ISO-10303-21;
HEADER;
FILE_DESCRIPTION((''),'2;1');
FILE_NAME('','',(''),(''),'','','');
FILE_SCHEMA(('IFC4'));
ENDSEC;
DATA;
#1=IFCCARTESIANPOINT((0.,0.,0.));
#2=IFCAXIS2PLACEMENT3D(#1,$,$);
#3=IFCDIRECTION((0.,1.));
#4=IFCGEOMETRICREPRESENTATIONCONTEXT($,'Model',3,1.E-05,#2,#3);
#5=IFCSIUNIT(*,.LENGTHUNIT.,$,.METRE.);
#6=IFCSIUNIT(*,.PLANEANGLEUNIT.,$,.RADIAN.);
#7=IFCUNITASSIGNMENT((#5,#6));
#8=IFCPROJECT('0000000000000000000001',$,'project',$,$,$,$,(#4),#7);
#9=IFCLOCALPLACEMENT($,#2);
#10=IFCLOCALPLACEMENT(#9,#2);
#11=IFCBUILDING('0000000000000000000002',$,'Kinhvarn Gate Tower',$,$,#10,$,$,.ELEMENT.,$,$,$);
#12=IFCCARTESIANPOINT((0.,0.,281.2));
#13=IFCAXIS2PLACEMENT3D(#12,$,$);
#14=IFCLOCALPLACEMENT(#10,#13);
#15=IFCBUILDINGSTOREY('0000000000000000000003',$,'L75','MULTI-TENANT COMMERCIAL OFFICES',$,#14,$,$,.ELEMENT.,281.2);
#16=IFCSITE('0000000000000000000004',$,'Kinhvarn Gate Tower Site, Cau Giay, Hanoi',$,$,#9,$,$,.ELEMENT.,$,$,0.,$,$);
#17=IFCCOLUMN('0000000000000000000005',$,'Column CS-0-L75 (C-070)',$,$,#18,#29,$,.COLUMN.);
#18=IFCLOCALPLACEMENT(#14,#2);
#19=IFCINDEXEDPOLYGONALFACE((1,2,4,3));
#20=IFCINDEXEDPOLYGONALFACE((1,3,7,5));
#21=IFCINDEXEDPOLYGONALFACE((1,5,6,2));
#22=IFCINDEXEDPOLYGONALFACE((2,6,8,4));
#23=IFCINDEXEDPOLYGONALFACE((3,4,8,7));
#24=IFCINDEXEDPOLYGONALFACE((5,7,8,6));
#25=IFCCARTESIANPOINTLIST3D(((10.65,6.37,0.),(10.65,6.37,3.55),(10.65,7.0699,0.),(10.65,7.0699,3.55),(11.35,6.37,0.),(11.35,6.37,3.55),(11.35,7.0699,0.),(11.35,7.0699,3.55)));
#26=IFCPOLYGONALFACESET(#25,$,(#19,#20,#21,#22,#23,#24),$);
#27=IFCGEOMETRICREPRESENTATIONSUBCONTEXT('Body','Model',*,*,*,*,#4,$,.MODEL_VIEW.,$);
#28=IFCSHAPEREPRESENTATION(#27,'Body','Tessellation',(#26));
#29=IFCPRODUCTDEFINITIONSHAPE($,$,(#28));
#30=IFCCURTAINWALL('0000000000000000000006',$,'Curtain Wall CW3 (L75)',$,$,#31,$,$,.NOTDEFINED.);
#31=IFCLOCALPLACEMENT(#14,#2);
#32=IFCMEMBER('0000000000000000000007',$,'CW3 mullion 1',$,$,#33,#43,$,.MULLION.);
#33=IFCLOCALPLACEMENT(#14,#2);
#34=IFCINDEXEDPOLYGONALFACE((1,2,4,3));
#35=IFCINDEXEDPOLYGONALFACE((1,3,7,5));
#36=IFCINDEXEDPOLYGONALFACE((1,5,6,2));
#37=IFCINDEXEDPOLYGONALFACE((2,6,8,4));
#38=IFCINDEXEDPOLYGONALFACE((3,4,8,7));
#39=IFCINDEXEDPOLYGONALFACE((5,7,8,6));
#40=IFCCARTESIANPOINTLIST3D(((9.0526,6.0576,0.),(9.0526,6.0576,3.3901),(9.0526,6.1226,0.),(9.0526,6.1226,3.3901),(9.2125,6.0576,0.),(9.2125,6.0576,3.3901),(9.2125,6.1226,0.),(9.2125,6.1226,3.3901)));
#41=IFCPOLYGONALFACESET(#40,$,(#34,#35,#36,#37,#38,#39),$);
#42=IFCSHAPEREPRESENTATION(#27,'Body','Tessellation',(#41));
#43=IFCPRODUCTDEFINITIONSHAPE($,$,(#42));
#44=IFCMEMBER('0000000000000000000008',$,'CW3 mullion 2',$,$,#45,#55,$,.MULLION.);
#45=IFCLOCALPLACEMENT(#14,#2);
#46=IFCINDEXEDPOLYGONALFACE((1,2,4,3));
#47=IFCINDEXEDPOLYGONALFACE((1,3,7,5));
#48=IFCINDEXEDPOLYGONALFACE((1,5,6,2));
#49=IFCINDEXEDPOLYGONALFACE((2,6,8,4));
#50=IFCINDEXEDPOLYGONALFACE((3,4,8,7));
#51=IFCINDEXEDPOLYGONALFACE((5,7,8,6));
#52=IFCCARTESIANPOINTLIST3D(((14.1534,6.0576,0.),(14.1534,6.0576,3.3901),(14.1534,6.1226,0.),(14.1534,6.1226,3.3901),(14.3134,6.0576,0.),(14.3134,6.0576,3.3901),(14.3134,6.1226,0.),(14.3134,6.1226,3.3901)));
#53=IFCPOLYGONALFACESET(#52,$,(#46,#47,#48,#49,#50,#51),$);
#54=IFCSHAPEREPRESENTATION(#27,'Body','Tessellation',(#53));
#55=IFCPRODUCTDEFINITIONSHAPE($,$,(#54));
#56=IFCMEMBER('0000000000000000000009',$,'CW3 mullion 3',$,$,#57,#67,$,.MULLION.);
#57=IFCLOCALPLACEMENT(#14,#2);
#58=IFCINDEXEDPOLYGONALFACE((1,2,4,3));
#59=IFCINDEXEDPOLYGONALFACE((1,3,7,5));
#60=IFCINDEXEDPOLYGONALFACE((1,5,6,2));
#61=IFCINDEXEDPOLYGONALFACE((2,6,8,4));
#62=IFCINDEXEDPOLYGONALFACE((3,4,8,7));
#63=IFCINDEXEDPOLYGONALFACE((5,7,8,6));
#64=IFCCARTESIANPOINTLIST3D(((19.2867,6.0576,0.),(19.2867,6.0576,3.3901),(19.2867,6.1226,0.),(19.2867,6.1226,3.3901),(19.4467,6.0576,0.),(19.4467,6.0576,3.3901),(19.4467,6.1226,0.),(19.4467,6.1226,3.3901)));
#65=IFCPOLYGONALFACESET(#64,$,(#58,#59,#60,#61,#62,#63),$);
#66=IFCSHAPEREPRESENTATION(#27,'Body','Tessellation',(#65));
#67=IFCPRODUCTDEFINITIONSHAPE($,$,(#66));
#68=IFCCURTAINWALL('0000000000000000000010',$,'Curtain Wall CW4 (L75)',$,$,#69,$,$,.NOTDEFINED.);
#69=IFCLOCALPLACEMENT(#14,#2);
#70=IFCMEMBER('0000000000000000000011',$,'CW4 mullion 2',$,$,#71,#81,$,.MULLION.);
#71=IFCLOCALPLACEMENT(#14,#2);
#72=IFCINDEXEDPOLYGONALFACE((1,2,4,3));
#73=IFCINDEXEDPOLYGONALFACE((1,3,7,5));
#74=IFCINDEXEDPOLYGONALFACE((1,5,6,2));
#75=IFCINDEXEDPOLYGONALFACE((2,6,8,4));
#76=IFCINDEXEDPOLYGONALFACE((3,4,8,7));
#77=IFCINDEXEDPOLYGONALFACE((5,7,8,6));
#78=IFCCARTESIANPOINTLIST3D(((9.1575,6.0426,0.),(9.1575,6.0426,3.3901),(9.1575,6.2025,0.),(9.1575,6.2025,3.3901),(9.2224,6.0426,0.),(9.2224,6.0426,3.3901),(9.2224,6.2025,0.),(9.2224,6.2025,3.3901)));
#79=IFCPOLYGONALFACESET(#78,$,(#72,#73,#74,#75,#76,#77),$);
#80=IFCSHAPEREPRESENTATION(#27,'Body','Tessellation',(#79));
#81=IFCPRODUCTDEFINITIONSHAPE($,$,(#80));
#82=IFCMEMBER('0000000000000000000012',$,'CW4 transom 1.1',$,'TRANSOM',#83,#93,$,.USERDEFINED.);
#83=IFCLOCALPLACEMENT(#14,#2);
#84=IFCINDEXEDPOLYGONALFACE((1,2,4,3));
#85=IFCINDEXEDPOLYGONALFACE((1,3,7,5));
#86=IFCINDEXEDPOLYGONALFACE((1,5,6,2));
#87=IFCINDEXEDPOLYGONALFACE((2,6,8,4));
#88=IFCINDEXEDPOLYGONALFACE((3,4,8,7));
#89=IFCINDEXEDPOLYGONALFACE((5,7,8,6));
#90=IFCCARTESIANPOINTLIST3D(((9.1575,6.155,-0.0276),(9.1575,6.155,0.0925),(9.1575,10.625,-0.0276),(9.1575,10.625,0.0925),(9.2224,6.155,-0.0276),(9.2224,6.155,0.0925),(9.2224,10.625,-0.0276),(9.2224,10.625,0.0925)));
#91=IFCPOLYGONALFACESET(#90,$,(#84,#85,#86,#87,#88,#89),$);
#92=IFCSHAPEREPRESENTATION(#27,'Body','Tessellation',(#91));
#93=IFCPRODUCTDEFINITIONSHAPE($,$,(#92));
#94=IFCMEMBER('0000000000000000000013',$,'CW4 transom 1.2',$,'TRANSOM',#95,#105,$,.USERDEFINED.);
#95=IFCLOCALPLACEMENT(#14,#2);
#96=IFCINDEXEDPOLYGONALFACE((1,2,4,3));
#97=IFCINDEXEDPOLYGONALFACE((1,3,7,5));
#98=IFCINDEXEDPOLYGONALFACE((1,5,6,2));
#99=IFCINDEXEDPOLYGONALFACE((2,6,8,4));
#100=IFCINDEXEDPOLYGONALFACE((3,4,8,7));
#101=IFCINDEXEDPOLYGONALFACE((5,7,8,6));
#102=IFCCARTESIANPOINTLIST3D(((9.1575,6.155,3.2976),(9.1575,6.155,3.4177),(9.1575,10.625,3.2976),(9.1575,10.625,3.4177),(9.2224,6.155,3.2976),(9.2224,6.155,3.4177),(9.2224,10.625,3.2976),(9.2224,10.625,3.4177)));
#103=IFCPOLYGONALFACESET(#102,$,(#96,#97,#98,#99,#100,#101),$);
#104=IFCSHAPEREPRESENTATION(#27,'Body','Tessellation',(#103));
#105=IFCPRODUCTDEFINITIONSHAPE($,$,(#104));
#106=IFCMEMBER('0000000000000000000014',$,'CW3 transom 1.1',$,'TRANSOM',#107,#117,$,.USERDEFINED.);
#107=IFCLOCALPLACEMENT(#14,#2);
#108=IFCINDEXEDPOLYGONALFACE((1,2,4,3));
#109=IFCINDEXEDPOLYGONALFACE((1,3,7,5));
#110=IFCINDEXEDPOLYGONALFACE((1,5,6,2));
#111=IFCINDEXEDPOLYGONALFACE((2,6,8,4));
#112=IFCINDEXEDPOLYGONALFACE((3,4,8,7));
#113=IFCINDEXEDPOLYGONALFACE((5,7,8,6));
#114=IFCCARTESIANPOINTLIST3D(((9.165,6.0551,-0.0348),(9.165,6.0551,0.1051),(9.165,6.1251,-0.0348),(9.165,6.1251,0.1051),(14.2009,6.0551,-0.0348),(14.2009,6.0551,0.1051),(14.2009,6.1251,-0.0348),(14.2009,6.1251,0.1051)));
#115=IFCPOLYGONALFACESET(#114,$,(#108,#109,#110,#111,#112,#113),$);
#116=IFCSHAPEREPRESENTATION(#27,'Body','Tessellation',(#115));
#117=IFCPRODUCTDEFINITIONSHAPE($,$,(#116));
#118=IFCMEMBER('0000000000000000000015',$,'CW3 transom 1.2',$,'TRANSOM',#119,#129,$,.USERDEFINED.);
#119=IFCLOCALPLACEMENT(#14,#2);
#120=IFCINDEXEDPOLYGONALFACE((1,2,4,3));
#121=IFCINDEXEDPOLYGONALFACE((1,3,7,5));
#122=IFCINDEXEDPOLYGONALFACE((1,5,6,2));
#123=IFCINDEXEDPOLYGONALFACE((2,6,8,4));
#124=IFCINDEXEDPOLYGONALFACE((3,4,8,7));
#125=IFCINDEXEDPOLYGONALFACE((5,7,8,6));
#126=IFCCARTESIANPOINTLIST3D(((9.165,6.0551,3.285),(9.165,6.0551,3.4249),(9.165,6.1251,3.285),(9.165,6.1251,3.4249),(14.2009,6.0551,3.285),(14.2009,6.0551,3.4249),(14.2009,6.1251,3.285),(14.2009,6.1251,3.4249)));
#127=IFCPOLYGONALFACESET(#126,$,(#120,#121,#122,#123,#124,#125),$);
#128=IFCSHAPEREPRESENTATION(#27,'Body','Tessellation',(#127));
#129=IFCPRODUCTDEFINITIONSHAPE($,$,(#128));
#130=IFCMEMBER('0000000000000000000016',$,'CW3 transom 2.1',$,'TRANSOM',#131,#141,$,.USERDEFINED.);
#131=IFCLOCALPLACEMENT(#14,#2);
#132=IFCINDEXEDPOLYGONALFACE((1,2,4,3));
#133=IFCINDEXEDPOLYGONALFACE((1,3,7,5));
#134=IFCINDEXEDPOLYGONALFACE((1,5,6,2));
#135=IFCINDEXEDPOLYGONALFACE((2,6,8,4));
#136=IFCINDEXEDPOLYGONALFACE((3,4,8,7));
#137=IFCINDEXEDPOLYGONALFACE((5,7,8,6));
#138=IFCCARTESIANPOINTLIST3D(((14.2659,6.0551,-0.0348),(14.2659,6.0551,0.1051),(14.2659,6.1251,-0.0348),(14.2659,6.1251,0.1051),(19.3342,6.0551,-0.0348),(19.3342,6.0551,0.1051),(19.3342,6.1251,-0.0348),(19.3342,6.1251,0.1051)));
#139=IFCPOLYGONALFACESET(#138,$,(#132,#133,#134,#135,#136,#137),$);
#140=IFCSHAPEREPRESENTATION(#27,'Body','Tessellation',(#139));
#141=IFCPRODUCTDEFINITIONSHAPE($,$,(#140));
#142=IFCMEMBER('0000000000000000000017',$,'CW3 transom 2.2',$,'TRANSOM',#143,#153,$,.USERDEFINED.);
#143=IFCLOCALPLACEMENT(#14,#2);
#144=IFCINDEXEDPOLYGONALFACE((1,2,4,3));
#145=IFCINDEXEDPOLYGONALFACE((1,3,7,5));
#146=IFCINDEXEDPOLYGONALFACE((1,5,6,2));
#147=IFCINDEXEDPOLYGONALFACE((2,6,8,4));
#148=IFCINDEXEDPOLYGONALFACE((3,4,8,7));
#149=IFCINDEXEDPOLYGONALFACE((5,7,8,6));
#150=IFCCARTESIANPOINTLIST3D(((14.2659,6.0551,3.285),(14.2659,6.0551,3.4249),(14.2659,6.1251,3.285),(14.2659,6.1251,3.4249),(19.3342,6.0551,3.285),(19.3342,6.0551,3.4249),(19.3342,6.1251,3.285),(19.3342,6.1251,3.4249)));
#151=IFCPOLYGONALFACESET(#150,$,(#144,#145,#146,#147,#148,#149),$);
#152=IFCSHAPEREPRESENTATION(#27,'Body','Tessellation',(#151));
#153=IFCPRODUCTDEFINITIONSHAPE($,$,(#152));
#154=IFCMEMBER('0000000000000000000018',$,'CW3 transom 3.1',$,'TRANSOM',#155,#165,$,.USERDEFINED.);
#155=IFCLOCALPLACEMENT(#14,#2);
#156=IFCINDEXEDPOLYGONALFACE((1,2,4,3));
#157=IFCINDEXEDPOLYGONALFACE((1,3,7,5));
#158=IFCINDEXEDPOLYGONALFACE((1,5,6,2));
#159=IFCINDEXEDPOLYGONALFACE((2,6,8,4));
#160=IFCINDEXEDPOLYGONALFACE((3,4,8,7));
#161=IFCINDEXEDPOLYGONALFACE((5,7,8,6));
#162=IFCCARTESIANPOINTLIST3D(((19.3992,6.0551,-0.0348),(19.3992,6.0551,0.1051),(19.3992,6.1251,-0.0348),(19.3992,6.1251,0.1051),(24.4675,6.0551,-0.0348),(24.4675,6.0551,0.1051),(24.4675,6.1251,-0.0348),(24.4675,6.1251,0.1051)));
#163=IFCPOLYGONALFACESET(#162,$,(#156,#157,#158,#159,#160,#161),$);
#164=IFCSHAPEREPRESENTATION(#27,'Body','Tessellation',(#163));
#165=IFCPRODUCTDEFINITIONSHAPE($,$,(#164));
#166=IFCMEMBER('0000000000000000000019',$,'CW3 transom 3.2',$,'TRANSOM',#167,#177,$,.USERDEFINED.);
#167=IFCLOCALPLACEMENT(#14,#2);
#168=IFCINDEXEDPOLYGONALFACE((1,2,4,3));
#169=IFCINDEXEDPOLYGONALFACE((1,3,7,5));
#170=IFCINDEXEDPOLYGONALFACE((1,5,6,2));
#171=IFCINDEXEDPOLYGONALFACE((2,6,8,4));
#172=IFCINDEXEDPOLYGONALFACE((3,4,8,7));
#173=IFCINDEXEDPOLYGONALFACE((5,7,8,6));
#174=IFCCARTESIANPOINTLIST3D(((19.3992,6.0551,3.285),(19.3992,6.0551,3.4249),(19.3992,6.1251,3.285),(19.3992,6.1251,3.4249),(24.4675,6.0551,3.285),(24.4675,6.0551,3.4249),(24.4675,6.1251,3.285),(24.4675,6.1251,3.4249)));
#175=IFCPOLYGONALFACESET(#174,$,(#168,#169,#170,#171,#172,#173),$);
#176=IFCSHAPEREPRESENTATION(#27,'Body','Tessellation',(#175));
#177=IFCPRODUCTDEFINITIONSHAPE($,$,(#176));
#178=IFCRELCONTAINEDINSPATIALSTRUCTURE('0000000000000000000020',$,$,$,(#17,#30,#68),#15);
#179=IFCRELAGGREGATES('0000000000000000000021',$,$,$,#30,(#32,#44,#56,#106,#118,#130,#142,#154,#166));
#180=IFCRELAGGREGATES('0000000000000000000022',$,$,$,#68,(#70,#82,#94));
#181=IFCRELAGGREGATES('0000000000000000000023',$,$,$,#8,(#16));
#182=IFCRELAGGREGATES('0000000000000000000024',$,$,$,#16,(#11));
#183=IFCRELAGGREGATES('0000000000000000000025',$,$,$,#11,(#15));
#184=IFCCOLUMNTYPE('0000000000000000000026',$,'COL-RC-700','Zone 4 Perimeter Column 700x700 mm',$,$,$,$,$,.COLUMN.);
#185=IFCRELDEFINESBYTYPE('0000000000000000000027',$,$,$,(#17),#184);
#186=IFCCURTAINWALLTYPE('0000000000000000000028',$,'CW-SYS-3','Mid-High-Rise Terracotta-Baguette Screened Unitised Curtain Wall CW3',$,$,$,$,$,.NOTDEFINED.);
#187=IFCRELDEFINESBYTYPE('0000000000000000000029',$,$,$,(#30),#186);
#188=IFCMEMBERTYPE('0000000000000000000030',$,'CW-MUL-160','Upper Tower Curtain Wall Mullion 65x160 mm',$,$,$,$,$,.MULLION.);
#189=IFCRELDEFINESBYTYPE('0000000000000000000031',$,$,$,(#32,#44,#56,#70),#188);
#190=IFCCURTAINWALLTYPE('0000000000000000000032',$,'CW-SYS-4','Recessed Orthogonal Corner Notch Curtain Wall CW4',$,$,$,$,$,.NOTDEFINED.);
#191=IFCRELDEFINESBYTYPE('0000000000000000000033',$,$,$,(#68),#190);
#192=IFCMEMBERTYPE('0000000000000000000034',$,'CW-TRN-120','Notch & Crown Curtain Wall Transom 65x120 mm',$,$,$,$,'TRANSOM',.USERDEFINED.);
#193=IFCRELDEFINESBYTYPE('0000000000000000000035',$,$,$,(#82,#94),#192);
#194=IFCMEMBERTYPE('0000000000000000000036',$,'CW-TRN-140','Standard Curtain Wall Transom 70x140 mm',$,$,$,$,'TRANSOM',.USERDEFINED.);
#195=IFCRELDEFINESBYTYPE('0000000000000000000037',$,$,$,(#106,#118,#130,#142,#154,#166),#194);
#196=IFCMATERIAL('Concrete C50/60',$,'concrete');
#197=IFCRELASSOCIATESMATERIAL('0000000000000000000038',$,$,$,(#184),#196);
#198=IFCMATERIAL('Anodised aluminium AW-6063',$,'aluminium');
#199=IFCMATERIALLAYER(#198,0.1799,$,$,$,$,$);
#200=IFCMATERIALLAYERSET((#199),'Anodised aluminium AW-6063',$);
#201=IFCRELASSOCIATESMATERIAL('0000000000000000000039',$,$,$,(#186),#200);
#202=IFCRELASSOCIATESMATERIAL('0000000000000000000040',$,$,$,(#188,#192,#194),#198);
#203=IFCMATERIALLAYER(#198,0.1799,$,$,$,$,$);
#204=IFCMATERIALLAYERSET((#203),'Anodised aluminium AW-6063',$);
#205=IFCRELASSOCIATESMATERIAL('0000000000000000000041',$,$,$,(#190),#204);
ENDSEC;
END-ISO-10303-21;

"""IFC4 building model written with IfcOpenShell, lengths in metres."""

from ifc_helpers import new_model, si_unit, direction, frame, origin, origin_2d, place, context, subcontext, project, spatial, rectangle, extrude, material, layer, layer_set, material_profile, profile_set, type_object, element, aggregate, save


model = new_model("IFC4")

# Units and contexts
model_context = context("Model", 3, precision=1e-05, world=origin(), true_north=direction((0.0, 1.0)))
body_context = subcontext(model_context, "Body", "Model", "MODEL_VIEW")
ifc_project = project(units=[si_unit("LENGTHUNIT", "METRE"), si_unit("PLANEANGLEUNIT", "RADIAN")], contexts=[model_context])

# Site, building, storey
site_placement = place(None, origin())
site = spatial("IfcSite", under=ifc_project, at=site_placement, Name="Kinhvarn Gate Tower Site, Cau Giay, Hanoi", CompositionType="ELEMENT", RefElevation=0.0)
building_placement = place(site_placement, origin())
building = spatial("IfcBuilding", under=site, at=building_placement, Name="Kinhvarn Gate Tower", CompositionType="ELEMENT")
storey_placement = place(building_placement, frame((0.0, 0.0, 281.2)))
storey = spatial("IfcBuildingStorey", under=building, at=storey_placement, Name="L75", Description="MULTI-TENANT COMMERCIAL OFFICES", CompositionType="ELEMENT", Elevation=281.2)

# Column
ifc_material_1 = material(Name="Concrete C50/60", Category="concrete")
ifc_material_profile_1 = material_profile(ifc_material_1, rectangle(XDim=0.7, YDim=0.7, at=origin_2d()), Name="RC 700x700")
ifc_profile_set_1 = profile_set([ifc_material_profile_1], Name="Concrete C50/60")
column_type = type_object("IfcColumnType", Name="COL-RC-700", Description="Zone 4 Perimeter Column 700x700 mm", PredefinedType="COLUMN", material=ifc_profile_set_1)
column_placement = place(storey_placement, frame((11.0, 6.72, 0.0), z_axis=(0.0, 0.0, 1.0), x_axis=(1.0, 0.0, 0.0)))
element("IfcColumn", 1, at=column_placement, inside=storey, type_object=column_type, Name="Column CS-0-L75 (C-070)", PredefinedType="COLUMN", context=body_context, shape_type="SweptSolid", body=[
    extrude(rectangle(XDim=0.7, YDim=0.7, at=origin_2d()), origin(), (0.0, 0.0, 1.0), 3.55),
])

# Curtain walls, members
ifc_material_2 = material(Name="Anodised aluminium AW-6063", Category="aluminium")
ifc_layer_1 = layer(ifc_material_2, 0.1799)
ifc_layer_set_1 = layer_set([ifc_layer_1], Name="Anodised aluminium AW-6063")
curtain_wall_type_1 = type_object("IfcCurtainWallType", Name="CW-SYS-3", Description="Mid-High-Rise Terracotta-Baguette Screened Unitised Curtain Wall CW3", PredefinedType="NOTDEFINED", material=ifc_layer_set_1)
curtain_wall_1_placement = place(storey_placement, origin())
curtain_wall_1 = element("IfcCurtainWall", 2, at=curtain_wall_1_placement, inside=storey, type_object=curtain_wall_type_1, Name="Curtain Wall CW3 (L75)", PredefinedType="NOTDEFINED")
ifc_material_profile_2 = material_profile(ifc_material_2, rectangle(XDim=0.0649, YDim=0.1599, at=origin_2d()), Name="ALU 65x160")
ifc_profile_set_2 = profile_set([ifc_material_profile_2], Name="Anodised aluminium AW-6063")
member_type_1 = type_object("IfcMemberType", Name="CW-MUL-160", Description="Upper Tower Curtain Wall Mullion 65x160 mm", PredefinedType="MULLION", material=ifc_profile_set_2)
member_1_placement = place(storey_placement, frame((9.1326, 6.0901, 0.0), z_axis=(0.0, 0.0, 1.0), x_axis=(0.0, 1.0, 0.0)))
member_1 = element("IfcMember", 3, at=member_1_placement, type_object=member_type_1, Name="CW3 mullion 1", PredefinedType="MULLION", context=body_context, shape_type="SweptSolid", body=[
    extrude(rectangle(XDim=0.0649, YDim=0.1599, at=origin_2d()), origin(), (0.0, 0.0, 1.0), 3.3901),
])
member_2_placement = place(storey_placement, frame((14.2334, 6.0901, 0.0), z_axis=(0.0, 0.0, 1.0), x_axis=(0.0, 1.0, 0.0)))
member_2 = element("IfcMember", 4, at=member_2_placement, type_object=member_type_1, Name="CW3 mullion 2", PredefinedType="MULLION", context=body_context, shape_type="SweptSolid", body=[
    extrude(rectangle(XDim=0.0649, YDim=0.1599, at=origin_2d()), origin(), (0.0, 0.0, 1.0), 3.3901),
])
member_3_placement = place(storey_placement, frame((19.3667, 6.0901, 0.0), z_axis=(0.0, 0.0, 1.0), x_axis=(0.0, 1.0, 0.0)))
member_3 = element("IfcMember", 5, at=member_3_placement, type_object=member_type_1, Name="CW3 mullion 3", PredefinedType="MULLION", context=body_context, shape_type="SweptSolid", body=[
    extrude(rectangle(XDim=0.0649, YDim=0.1599, at=origin_2d()), origin(), (0.0, 0.0, 1.0), 3.3901),
])
ifc_layer_2 = layer(ifc_material_2, 0.1799)
ifc_layer_set_2 = layer_set([ifc_layer_2], Name="Anodised aluminium AW-6063")
curtain_wall_type_2 = type_object("IfcCurtainWallType", Name="CW-SYS-4", Description="Recessed Orthogonal Corner Notch Curtain Wall CW4", PredefinedType="NOTDEFINED", material=ifc_layer_set_2)
curtain_wall_2_placement = place(storey_placement, origin())
curtain_wall_2 = element("IfcCurtainWall", 6, at=curtain_wall_2_placement, inside=storey, type_object=curtain_wall_type_2, Name="Curtain Wall CW4 (L75)", PredefinedType="NOTDEFINED")
member_4_placement = place(storey_placement, frame((9.1899, 6.1226, 0.0), z_axis=(0.0, 0.0, 1.0), x_axis=(1.0, 0.0, 0.0)))
member_4 = element("IfcMember", 7, at=member_4_placement, type_object=member_type_1, Name="CW4 mullion 2", PredefinedType="MULLION", context=body_context, shape_type="SweptSolid", body=[
    extrude(rectangle(XDim=0.0649, YDim=0.1599, at=origin_2d()), origin(), (0.0, 0.0, 1.0), 3.3901),
])
ifc_material_profile_3 = material_profile(ifc_material_2, rectangle(XDim=0.0649, YDim=0.1201, at=origin_2d()), Name="ALU 65x120")
ifc_profile_set_3 = profile_set([ifc_material_profile_3], Name="Anodised aluminium AW-6063")
member_type_2 = type_object("IfcMemberType", Name="CW-TRN-120", Description="Notch & Crown Curtain Wall Transom 65x120 mm", ElementType="TRANSOM", PredefinedType="USERDEFINED", material=ifc_profile_set_3)
member_5_placement = place(storey_placement, frame((9.1899, 10.625, 0.0325), z_axis=(0.0, -1.0, 0.0), x_axis=(1.0, 0.0, 0.0)))
member_5 = element("IfcMember", 8, at=member_5_placement, type_object=member_type_2, Name="CW4 transom 1.1", ObjectType="TRANSOM", PredefinedType="USERDEFINED", context=body_context, shape_type="SweptSolid", body=[
    extrude(rectangle(XDim=0.0649, YDim=0.1201, at=origin_2d()), origin(), (0.0, 0.0, 1.0), 4.47),
])
member_6_placement = place(storey_placement, frame((9.1899, 10.625, 3.3577), z_axis=(0.0, -1.0, 0.0), x_axis=(1.0, 0.0, 0.0)))
member_6 = element("IfcMember", 9, at=member_6_placement, type_object=member_type_2, Name="CW4 transom 1.2", ObjectType="TRANSOM", PredefinedType="USERDEFINED", context=body_context, shape_type="SweptSolid", body=[
    extrude(rectangle(XDim=0.0649, YDim=0.1201, at=origin_2d()), origin(), (0.0, 0.0, 1.0), 4.47),
])

# Members
ifc_material_profile_4 = material_profile(ifc_material_2, rectangle(XDim=0.0701, YDim=0.1399, at=origin_2d()), Name="ALU 70x140")
ifc_profile_set_4 = profile_set([ifc_material_profile_4], Name="Anodised aluminium AW-6063")
member_type_3 = type_object("IfcMemberType", Name="CW-TRN-140", Description="Standard Curtain Wall Transom 70x140 mm", ElementType="TRANSOM", PredefinedType="USERDEFINED", material=ifc_profile_set_4)
member_7_placement = place(storey_placement, frame((9.165, 6.0901, 0.0352), z_axis=(1.0, 0.0, 0.0), x_axis=(0.0, 1.0, 0.0)))
member_7 = element("IfcMember", 10, at=member_7_placement, type_object=member_type_3, Name="CW3 transom 1.1", ObjectType="TRANSOM", PredefinedType="USERDEFINED", context=body_context, shape_type="SweptSolid", body=[
    extrude(rectangle(XDim=0.0701, YDim=0.1399, at=origin_2d()), origin(), (0.0, 0.0, 1.0), 5.0359),
])
member_8_placement = place(storey_placement, frame((9.165, 6.0901, 3.355), z_axis=(1.0, 0.0, 0.0), x_axis=(0.0, 1.0, 0.0)))
member_8 = element("IfcMember", 11, at=member_8_placement, type_object=member_type_3, Name="CW3 transom 1.2", ObjectType="TRANSOM", PredefinedType="USERDEFINED", context=body_context, shape_type="SweptSolid", body=[
    extrude(rectangle(XDim=0.0701, YDim=0.1399, at=origin_2d()), origin(), (0.0, 0.0, 1.0), 5.0359),
])
member_9_placement = place(storey_placement, frame((14.2659, 6.0901, 0.0352), z_axis=(1.0, 0.0, 0.0), x_axis=(0.0, 1.0, 0.0)))
member_9 = element("IfcMember", 12, at=member_9_placement, type_object=member_type_3, Name="CW3 transom 2.1", ObjectType="TRANSOM", PredefinedType="USERDEFINED", context=body_context, shape_type="SweptSolid", body=[
    extrude(rectangle(XDim=0.0701, YDim=0.1399, at=origin_2d()), origin(), (0.0, 0.0, 1.0), 5.0684),
])
member_10_placement = place(storey_placement, frame((14.2659, 6.0901, 3.355), z_axis=(1.0, 0.0, 0.0), x_axis=(0.0, 1.0, 0.0)))
member_10 = element("IfcMember", 13, at=member_10_placement, type_object=member_type_3, Name="CW3 transom 2.2", ObjectType="TRANSOM", PredefinedType="USERDEFINED", context=body_context, shape_type="SweptSolid", body=[
    extrude(rectangle(XDim=0.0701, YDim=0.1399, at=origin_2d()), origin(), (0.0, 0.0, 1.0), 5.0684),
])
member_11_placement = place(storey_placement, frame((19.3992, 6.0901, 0.0352), z_axis=(1.0, 0.0, 0.0), x_axis=(0.0, 1.0, 0.0)))
member_11 = element("IfcMember", 14, at=member_11_placement, type_object=member_type_3, Name="CW3 transom 3.1", ObjectType="TRANSOM", PredefinedType="USERDEFINED", context=body_context, shape_type="SweptSolid", body=[
    extrude(rectangle(XDim=0.0701, YDim=0.1399, at=origin_2d()), origin(), (0.0, 0.0, 1.0), 5.0684),
])
member_12_placement = place(storey_placement, frame((19.3992, 6.0901, 3.355), z_axis=(1.0, 0.0, 0.0), x_axis=(0.0, 1.0, 0.0)))
member_12 = element("IfcMember", 15, at=member_12_placement, type_object=member_type_3, Name="CW3 transom 3.2", ObjectType="TRANSOM", PredefinedType="USERDEFINED", context=body_context, shape_type="SweptSolid", body=[
    extrude(rectangle(XDim=0.0701, YDim=0.1399, at=origin_2d()), origin(), (0.0, 0.0, 1.0), 5.0684),
])

aggregate(curtain_wall_1, [member_1, member_2, member_3, member_7, member_8, member_9, member_10, member_11, member_12])
aggregate(curtain_wall_2, [member_4, member_5, member_6])

save(model, "model.ifc")
